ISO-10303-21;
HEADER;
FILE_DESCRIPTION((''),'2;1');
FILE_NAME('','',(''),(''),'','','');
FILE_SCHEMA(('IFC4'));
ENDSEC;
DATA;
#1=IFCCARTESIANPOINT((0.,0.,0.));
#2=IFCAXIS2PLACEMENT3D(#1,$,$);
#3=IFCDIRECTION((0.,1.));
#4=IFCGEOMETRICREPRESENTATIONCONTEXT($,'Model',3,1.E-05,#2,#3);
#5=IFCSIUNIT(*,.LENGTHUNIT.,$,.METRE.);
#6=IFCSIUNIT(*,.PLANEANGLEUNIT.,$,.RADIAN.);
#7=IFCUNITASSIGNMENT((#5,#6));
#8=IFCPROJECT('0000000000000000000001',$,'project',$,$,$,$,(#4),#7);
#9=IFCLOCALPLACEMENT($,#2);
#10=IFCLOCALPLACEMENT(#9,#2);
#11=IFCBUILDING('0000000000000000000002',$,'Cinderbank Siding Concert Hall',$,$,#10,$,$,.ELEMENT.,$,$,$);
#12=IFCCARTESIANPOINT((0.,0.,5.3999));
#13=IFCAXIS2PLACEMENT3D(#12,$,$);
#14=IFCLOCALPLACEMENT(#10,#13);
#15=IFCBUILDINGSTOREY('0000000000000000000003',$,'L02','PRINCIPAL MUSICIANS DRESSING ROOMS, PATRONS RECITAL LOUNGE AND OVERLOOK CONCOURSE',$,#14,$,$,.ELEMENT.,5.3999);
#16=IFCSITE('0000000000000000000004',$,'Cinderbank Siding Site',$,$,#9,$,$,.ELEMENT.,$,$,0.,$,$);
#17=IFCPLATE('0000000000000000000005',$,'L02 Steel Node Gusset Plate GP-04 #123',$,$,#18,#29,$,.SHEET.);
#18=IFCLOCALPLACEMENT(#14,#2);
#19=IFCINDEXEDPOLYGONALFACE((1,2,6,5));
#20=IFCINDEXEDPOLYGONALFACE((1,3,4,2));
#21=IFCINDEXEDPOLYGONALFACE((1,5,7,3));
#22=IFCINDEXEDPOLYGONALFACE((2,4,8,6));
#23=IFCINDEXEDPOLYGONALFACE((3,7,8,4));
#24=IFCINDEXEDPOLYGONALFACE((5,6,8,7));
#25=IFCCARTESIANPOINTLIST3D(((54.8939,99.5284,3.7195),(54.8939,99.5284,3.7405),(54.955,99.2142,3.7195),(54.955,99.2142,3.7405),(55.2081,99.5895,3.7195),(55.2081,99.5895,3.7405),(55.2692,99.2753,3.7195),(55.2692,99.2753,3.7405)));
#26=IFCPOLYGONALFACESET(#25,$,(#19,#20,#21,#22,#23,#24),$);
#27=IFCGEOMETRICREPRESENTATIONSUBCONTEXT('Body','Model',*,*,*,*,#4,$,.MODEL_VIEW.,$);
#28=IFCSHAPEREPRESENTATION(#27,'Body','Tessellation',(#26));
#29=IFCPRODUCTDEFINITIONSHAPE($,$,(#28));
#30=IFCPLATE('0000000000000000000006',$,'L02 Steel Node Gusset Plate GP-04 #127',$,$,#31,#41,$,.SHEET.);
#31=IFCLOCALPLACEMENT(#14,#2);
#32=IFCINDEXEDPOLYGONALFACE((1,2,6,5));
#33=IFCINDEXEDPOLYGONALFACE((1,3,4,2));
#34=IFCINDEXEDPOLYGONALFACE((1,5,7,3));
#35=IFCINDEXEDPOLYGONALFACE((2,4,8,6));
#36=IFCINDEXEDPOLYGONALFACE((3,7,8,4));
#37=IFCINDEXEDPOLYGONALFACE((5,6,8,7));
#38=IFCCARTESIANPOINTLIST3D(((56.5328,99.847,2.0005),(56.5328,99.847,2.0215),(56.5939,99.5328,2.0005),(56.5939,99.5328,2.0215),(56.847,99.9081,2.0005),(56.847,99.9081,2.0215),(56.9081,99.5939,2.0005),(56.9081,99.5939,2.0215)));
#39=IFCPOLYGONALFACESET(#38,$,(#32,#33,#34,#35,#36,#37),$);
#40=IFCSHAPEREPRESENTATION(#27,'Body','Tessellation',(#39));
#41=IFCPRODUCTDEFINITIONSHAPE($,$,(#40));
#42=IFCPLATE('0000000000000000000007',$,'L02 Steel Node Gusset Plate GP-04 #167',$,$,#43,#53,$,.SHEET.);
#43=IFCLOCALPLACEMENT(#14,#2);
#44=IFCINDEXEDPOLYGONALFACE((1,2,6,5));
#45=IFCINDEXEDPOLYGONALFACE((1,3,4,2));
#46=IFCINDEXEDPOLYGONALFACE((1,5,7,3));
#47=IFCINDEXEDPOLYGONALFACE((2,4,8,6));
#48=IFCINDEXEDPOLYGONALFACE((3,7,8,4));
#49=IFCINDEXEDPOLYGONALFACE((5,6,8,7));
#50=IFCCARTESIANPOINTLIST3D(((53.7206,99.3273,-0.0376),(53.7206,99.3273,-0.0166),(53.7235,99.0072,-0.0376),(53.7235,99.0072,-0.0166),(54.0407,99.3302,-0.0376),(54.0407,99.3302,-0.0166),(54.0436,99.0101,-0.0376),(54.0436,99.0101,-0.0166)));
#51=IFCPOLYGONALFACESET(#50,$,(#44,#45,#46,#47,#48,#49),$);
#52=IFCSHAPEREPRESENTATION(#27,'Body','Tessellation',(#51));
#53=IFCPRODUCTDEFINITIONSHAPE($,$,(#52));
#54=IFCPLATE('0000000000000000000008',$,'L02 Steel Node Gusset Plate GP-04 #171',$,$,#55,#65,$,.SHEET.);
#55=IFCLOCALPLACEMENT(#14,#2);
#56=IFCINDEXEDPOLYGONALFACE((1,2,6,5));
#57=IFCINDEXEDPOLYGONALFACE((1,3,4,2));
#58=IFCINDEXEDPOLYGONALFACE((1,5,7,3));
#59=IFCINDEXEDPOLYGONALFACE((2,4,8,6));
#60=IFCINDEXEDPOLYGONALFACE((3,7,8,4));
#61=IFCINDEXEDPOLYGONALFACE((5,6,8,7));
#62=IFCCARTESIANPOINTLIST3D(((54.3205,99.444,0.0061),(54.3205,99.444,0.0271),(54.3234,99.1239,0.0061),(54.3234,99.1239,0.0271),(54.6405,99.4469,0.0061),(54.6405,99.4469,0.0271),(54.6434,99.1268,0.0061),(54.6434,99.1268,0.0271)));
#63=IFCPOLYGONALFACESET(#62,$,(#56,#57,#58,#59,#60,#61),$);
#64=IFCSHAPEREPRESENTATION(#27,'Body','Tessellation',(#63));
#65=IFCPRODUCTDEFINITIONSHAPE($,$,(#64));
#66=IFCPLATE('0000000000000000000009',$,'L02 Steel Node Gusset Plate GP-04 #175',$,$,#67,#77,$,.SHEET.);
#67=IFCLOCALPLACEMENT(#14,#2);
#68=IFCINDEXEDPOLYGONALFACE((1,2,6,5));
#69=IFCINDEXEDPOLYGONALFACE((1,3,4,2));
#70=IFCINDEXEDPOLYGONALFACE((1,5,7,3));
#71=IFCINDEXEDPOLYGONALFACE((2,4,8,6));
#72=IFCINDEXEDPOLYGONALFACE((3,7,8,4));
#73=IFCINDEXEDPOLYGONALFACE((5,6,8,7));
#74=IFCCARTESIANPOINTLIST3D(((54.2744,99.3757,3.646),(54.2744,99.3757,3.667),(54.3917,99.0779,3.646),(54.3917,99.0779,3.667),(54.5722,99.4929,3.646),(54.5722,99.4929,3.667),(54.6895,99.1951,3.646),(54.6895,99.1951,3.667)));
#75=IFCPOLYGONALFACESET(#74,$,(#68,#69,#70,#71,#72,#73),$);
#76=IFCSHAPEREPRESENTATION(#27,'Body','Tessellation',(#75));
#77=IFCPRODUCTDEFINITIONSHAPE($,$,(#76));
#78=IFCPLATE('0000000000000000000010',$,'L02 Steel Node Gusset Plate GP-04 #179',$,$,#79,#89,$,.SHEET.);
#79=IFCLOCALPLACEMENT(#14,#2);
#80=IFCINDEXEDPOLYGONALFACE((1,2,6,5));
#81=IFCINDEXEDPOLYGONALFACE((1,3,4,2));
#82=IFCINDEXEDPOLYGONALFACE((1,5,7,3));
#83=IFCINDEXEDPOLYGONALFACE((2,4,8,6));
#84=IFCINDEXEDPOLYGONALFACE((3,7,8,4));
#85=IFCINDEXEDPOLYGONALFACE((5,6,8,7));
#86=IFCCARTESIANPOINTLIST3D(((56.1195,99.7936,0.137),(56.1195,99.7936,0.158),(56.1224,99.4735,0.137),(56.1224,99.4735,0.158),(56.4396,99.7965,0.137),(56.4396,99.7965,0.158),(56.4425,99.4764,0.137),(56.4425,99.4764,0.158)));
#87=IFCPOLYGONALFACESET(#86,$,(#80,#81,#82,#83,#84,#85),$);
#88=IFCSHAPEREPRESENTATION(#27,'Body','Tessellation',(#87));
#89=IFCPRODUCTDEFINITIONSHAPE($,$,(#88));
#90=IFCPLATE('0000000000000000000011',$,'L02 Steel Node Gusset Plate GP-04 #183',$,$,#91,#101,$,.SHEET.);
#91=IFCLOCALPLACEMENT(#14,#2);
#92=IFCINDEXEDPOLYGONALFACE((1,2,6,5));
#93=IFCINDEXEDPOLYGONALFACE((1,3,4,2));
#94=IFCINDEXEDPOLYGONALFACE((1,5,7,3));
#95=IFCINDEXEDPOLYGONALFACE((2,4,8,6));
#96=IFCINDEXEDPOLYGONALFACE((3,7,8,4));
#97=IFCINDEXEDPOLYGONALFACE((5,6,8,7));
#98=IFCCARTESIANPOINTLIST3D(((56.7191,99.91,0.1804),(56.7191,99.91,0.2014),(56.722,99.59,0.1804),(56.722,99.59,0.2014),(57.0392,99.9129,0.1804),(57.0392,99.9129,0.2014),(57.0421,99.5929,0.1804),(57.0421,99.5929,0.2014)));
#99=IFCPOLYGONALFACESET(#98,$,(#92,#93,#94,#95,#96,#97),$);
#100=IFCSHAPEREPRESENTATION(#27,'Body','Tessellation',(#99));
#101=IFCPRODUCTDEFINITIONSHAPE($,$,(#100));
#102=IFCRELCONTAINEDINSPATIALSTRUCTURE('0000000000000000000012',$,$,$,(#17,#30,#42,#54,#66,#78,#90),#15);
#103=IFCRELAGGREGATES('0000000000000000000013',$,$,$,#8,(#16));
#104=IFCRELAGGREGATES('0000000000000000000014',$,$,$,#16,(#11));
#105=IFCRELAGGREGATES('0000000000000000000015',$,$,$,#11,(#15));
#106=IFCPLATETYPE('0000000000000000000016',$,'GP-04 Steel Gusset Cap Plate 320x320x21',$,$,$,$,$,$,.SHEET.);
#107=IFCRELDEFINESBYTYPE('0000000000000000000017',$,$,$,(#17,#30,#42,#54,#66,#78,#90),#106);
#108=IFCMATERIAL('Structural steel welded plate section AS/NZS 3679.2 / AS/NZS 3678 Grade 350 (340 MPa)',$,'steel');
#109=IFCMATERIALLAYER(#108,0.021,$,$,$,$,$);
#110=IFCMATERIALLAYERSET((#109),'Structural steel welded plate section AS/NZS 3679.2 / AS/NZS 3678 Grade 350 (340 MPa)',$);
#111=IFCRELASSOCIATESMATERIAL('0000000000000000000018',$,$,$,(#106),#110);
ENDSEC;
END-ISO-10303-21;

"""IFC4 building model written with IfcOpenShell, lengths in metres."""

from ifc_helpers import new_model, si_unit, direction, frame, origin, origin_2d, place, context, subcontext, project, spatial, rectangle, extrude, material, layer, layer_set, type_object, element, save


model = new_model("IFC4")

# Units and contexts
model_context = context("Model", 3, precision=1e-05, world=origin(), true_north=direction((0.0, 1.0)))
body_context = subcontext(model_context, "Body", "Model", "MODEL_VIEW")
ifc_project = project(units=[si_unit("LENGTHUNIT", "METRE"), si_unit("PLANEANGLEUNIT", "RADIAN")], contexts=[model_context])

# Site, building, storey
site_placement = place(None, origin())
site = spatial("IfcSite", under=ifc_project, at=site_placement, Name="Cinderbank Siding Site", CompositionType="ELEMENT", RefElevation=0.0)
building_placement = place(site_placement, origin())
building = spatial("IfcBuilding", under=site, at=building_placement, Name="Cinderbank Siding Concert Hall", CompositionType="ELEMENT")
storey_placement = place(building_placement, frame((0.0, 0.0, 5.3999)))
storey = spatial("IfcBuildingStorey", under=building, at=storey_placement, Name="L02", Description="PRINCIPAL MUSICIANS DRESSING ROOMS, PATRONS RECITAL LOUNGE AND OVERLOOK CONCOURSE", CompositionType="ELEMENT", Elevation=5.3999)

# Plates
ifc_material_1 = material(Name="Structural steel welded plate section AS/NZS 3679.2 / AS/NZS 3678 Grade 350 (340 MPa)", Category="steel")
ifc_layer_1 = layer(ifc_material_1, 0.021)
ifc_layer_set_1 = layer_set([ifc_layer_1], Name="Structural steel welded plate section AS/NZS 3679.2 / AS/NZS 3678 Grade 350 (340 MPa)")
plate_type_1 = type_object("IfcPlateType", Name="GP-04 Steel Gusset Cap Plate 320x320x21", PredefinedType="SHEET", material=ifc_layer_set_1)
for number, where, z_axis, x_axis, name in (
    (1, (55.0815, 99.4019, 3.7195), (0.0, 0.0, 1.0), (0.981627, 0.190809, 0.0), "L02 Steel Node Gusset Plate GP-04 #123"),
    (2, (56.7205, 99.7205, 2.0005), (0.0, 0.0, 1.0), (0.981627, 0.190809, 0.0), "L02 Steel Node Gusset Plate GP-04 #127"),
    (3, (53.8821, 99.1687, -0.0376), (0.0, 0.0, 1.0), (-0.009076, 0.999959, 0.0), "L02 Steel Node Gusset Plate GP-04 #167"),
    (4, (54.4819, 99.2854, 0.0061), (0.0, 0.0, 1.0), (-0.009076, 0.999959, 0.0), "L02 Steel Node Gusset Plate GP-04 #171"),
    (5, (54.4819, 99.2854, 3.646), (0.0, 0.0, 1.0), (0.366339, -0.930482, 0.0), "L02 Steel Node Gusset Plate GP-04 #175"),
    (6, (56.281, 99.635, 0.137), (0.0, 0.0, 1.0), (-0.009076, 0.999959, 0.0), "L02 Steel Node Gusset Plate GP-04 #179"),
    (7, (56.8806, 99.7515, 0.1804), (0.0, 0.0, 1.0), (-0.009076, 0.999959, 0.0), "L02 Steel Node Gusset Plate GP-04 #183"),
):
    element("IfcPlate", number, at=place(storey_placement, frame(where, z_axis=z_axis, x_axis=x_axis)), inside=storey, type_object=plate_type_1, Name=name, PredefinedType="SHEET", context=body_context, shape_type="SweptSolid", body=[
        extrude(rectangle(XDim=0.3201, YDim=0.3201, at=origin_2d()), origin(), (0.0, 0.0, 1.0), 0.021),
    ])

save(model, "model.ifc")
